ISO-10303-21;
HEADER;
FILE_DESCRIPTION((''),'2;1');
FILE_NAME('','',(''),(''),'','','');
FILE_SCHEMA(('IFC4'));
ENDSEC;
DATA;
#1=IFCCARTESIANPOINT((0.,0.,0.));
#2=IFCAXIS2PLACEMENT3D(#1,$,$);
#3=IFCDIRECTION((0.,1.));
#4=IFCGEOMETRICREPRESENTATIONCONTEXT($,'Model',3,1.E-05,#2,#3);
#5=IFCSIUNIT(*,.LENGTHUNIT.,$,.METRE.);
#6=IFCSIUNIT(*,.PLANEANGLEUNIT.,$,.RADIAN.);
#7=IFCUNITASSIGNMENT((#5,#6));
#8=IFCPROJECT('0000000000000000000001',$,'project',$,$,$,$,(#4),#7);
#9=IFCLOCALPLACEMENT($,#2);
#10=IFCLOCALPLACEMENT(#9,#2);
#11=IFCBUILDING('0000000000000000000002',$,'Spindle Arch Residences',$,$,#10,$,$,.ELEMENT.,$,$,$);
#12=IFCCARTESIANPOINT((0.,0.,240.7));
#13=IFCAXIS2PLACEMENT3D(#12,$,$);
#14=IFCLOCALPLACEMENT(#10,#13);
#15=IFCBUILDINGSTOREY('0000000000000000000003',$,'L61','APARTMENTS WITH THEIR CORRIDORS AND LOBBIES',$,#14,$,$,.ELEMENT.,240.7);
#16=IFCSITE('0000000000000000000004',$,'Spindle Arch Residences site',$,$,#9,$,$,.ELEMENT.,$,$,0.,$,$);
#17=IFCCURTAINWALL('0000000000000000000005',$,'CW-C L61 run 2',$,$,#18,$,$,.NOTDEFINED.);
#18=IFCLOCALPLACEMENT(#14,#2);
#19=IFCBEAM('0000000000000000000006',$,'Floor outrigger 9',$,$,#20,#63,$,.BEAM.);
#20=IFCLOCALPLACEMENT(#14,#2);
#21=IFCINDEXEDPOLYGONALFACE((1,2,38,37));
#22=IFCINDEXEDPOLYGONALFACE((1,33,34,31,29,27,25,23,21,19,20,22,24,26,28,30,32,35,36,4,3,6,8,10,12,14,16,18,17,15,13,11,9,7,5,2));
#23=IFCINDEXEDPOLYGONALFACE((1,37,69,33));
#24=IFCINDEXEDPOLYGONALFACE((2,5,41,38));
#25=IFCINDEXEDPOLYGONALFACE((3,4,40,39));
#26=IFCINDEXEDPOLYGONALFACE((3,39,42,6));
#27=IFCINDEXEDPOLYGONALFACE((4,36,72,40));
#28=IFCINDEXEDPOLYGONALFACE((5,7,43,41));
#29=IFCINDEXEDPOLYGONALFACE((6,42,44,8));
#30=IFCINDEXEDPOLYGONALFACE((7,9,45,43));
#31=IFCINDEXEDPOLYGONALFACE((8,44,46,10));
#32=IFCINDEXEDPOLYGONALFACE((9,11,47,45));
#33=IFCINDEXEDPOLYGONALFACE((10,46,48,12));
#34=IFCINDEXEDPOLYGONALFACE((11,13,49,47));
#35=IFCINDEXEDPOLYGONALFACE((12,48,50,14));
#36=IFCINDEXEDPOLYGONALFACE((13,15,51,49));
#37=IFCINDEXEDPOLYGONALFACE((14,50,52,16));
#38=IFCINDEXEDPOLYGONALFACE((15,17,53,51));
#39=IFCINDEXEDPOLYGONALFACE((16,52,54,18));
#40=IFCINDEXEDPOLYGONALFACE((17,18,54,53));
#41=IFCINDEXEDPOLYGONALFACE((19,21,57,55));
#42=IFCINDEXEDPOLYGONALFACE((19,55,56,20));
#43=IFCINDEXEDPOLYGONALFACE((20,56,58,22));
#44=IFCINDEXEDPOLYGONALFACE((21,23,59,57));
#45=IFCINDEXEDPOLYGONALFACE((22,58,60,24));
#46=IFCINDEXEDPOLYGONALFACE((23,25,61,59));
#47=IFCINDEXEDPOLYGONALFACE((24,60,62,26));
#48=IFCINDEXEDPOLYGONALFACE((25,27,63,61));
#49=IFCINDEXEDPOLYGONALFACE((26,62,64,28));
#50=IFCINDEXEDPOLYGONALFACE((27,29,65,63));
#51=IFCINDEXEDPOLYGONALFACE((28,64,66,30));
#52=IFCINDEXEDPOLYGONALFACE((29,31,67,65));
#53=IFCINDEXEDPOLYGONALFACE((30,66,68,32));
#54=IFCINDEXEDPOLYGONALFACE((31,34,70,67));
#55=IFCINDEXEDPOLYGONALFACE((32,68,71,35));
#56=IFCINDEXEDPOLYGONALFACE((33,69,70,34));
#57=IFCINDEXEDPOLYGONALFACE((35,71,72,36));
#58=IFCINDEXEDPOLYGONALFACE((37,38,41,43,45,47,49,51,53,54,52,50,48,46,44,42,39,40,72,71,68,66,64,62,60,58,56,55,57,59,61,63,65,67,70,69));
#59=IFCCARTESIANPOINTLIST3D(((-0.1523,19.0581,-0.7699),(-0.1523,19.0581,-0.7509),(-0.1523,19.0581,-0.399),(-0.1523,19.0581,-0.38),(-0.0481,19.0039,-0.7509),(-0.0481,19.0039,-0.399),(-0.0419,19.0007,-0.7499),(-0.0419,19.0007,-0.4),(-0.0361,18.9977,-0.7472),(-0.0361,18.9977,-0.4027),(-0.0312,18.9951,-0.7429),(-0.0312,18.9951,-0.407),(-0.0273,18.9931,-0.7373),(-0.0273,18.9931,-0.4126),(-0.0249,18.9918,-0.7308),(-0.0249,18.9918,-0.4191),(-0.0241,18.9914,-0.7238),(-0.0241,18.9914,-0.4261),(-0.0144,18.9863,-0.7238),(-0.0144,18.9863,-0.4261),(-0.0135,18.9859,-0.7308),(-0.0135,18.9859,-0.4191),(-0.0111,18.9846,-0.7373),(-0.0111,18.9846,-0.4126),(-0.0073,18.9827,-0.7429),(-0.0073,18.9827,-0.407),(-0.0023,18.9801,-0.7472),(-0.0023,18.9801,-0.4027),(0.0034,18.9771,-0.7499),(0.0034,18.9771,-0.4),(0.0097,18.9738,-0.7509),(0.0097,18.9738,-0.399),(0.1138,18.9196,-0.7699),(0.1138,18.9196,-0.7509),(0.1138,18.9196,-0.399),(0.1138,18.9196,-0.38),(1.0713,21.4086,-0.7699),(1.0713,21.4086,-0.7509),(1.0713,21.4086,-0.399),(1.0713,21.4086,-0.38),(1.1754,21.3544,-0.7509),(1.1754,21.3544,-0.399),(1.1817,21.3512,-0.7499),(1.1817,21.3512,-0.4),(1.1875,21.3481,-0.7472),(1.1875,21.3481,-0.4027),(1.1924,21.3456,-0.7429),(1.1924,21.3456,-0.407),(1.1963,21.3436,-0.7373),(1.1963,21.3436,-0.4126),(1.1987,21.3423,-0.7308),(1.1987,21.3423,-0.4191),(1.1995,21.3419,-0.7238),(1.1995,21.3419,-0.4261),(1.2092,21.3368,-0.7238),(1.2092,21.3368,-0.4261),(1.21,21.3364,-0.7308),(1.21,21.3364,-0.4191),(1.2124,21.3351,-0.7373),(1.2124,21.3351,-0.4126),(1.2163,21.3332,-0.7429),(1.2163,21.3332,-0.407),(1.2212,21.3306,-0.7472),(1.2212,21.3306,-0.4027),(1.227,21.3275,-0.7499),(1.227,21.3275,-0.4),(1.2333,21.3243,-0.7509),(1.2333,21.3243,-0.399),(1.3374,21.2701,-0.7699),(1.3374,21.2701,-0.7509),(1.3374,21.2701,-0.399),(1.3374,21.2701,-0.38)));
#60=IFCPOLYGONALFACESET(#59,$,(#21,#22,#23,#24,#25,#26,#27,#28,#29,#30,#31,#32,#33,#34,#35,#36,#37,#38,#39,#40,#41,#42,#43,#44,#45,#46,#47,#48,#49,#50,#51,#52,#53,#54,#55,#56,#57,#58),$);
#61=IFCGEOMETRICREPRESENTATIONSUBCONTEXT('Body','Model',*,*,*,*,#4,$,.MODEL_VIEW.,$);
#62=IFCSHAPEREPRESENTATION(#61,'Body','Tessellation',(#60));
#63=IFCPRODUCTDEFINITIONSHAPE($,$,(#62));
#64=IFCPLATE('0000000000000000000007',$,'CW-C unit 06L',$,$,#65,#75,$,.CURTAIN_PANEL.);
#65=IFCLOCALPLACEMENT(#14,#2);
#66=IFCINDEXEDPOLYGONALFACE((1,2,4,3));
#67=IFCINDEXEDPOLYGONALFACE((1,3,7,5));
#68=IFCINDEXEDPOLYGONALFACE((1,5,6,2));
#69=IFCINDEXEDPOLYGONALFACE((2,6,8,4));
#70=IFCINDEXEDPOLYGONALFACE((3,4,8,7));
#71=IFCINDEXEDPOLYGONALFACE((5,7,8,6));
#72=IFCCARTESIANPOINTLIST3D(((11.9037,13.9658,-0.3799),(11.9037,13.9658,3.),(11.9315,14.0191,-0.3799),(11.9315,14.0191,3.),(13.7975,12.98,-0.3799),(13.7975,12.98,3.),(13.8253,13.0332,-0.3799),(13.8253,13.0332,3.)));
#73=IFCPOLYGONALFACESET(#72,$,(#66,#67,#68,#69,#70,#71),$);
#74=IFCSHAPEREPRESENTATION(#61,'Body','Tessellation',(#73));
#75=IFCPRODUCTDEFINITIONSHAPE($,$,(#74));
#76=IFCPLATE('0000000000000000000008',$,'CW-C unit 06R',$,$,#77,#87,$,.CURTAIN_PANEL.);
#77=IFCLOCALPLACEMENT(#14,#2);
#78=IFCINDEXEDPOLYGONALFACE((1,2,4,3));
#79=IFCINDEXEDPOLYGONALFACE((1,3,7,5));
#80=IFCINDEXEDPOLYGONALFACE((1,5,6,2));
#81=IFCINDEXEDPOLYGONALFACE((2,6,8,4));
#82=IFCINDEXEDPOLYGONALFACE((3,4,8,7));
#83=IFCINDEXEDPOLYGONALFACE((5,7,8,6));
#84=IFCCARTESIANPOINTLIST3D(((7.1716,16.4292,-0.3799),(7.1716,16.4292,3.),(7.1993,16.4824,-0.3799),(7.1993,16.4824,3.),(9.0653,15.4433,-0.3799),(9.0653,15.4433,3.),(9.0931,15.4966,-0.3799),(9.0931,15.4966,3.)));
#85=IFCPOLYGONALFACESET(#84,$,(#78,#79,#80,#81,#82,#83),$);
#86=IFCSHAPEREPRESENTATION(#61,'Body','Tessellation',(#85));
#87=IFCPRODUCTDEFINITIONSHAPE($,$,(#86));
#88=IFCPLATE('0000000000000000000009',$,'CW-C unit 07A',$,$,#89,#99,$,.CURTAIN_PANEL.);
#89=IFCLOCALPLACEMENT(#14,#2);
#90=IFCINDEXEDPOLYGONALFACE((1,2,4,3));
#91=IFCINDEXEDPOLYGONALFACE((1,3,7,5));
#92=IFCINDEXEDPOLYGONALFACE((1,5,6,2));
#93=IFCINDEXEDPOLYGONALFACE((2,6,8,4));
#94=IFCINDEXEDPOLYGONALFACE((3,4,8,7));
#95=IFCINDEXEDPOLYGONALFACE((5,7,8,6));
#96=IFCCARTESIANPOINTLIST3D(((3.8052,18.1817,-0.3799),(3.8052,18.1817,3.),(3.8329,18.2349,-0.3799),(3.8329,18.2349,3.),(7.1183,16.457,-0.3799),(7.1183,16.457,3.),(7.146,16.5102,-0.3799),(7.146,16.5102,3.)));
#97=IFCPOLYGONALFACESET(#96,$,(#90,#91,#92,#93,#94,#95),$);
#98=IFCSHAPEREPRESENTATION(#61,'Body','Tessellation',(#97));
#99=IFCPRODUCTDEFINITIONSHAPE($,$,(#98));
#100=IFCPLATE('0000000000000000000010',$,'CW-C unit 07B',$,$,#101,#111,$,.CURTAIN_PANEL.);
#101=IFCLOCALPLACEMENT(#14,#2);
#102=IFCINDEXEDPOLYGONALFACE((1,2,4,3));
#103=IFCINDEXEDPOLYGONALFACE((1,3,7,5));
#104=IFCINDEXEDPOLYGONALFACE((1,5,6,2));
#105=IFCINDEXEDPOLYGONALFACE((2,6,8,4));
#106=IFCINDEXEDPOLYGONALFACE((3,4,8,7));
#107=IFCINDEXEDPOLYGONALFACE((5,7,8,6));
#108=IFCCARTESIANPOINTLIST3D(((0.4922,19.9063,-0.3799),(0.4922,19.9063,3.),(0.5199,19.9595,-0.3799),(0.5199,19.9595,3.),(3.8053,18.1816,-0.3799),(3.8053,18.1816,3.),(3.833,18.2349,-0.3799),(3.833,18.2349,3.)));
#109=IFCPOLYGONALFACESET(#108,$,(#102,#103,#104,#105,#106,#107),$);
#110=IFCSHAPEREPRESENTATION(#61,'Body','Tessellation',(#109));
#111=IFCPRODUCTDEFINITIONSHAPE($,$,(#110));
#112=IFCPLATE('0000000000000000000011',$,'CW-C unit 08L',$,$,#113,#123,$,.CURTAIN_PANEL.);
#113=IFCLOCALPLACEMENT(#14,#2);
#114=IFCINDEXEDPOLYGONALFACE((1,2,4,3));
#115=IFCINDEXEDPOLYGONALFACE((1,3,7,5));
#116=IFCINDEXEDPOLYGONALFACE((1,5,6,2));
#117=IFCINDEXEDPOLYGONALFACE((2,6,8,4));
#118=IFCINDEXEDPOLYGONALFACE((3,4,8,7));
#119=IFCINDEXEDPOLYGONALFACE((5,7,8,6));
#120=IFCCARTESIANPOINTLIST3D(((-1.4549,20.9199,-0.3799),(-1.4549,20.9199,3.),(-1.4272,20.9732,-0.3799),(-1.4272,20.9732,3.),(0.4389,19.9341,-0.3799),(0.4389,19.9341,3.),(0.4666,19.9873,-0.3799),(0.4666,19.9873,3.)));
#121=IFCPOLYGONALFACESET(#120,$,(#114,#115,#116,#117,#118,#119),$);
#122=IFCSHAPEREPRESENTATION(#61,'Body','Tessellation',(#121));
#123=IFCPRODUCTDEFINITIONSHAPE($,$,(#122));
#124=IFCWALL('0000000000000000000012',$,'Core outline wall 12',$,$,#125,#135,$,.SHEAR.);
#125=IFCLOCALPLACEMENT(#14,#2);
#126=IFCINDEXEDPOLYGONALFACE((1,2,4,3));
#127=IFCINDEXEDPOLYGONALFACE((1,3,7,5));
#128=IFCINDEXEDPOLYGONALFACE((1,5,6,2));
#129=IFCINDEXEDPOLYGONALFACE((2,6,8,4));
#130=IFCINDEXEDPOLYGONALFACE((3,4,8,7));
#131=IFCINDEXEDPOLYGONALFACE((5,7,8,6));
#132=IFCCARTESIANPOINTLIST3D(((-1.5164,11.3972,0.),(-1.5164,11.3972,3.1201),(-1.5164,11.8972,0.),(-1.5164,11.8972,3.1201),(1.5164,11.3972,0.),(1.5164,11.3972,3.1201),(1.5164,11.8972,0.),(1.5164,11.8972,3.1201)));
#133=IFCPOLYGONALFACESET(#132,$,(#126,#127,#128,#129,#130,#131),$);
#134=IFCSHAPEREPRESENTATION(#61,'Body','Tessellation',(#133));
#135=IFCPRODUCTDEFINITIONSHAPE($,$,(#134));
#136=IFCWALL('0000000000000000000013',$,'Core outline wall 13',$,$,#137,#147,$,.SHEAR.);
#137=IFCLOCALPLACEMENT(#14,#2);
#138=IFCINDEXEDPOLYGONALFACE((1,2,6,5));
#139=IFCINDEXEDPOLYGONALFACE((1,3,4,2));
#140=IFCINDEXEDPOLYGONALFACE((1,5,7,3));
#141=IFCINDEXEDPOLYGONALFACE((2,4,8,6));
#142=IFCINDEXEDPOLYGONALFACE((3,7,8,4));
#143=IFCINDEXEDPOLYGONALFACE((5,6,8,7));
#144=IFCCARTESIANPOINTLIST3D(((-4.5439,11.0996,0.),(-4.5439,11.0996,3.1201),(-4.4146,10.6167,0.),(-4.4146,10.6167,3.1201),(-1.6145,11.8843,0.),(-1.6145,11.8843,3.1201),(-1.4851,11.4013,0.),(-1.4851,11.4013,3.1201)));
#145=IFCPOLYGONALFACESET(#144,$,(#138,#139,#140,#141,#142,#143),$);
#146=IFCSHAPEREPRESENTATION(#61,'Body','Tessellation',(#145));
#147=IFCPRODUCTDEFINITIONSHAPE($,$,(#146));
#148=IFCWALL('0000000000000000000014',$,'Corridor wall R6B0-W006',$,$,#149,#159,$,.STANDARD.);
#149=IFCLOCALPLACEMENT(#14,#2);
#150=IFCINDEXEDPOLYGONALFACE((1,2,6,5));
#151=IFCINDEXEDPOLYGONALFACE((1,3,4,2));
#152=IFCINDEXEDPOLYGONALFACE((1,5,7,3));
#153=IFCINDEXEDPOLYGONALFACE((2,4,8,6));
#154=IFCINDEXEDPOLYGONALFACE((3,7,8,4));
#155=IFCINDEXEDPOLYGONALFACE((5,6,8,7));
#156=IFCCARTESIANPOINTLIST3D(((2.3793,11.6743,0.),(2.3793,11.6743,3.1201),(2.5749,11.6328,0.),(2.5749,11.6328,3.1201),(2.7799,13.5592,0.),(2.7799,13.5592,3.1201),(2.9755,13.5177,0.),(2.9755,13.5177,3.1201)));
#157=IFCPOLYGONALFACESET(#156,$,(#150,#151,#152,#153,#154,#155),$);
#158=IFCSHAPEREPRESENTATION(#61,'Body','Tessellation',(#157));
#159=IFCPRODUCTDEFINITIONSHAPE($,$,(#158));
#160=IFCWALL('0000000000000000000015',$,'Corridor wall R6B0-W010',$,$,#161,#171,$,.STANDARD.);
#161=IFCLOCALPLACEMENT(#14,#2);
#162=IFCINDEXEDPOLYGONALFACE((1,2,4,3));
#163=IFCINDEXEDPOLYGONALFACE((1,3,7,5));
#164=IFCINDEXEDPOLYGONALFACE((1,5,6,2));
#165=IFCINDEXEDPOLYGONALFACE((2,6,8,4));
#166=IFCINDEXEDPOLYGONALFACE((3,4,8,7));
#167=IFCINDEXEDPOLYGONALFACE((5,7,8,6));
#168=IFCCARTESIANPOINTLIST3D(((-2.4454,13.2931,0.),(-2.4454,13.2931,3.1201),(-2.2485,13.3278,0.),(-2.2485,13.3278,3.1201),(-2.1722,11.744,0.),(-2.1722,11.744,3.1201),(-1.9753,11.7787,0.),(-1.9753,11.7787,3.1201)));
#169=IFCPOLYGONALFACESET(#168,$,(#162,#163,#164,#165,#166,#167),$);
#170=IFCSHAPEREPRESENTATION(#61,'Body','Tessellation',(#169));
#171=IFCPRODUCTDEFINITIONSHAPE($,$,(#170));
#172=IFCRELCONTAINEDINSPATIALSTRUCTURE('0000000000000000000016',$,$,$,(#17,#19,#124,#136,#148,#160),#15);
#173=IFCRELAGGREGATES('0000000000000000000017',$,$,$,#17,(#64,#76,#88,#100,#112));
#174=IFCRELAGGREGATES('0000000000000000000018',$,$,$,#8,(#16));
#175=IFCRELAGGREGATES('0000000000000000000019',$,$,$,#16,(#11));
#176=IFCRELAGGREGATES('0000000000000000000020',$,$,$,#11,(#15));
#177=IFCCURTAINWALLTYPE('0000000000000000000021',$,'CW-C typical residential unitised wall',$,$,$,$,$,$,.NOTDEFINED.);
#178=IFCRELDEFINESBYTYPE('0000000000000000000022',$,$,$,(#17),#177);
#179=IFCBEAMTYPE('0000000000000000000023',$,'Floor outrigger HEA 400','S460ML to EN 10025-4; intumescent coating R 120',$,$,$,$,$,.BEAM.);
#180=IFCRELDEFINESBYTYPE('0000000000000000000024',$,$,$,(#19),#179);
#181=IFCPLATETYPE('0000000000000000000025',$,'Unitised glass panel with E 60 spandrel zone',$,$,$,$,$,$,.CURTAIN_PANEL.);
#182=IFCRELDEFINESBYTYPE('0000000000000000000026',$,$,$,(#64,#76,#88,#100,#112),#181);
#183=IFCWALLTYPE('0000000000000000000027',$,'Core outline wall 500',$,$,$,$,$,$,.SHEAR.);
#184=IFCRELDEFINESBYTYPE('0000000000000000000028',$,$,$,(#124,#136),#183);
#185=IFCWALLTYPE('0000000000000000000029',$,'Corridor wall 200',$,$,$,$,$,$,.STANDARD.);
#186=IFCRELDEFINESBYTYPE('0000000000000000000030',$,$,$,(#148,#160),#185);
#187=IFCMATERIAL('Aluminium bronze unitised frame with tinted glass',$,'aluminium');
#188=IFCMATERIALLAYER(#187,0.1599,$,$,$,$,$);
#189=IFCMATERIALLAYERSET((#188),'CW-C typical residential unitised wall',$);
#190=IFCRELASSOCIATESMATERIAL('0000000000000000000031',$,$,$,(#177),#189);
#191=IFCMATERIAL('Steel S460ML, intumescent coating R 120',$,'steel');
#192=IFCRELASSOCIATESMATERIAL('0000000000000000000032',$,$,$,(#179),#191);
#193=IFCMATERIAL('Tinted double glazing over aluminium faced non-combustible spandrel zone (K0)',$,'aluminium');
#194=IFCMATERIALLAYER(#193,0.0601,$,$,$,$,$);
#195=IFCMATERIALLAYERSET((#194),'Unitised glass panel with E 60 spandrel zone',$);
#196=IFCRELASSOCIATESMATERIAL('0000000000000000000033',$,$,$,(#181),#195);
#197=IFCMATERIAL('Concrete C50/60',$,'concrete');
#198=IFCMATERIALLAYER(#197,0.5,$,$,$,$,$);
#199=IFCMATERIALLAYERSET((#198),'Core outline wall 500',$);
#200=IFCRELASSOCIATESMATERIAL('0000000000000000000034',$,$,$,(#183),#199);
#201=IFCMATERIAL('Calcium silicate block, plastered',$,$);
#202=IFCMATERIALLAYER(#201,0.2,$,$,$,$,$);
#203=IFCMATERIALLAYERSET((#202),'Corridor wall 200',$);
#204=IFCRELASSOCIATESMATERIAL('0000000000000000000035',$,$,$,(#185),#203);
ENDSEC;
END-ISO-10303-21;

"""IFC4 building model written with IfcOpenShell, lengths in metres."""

from ifc_helpers import new_model, si_unit, direction, frame, frame_2d, origin, origin_2d, place, context, subcontext, project, spatial, rectangle, i_section, extrude, material, layer, layer_set, material_profile, profile_set, type_object, element, aggregate, save


model = new_model("IFC4")

# Units and contexts
model_context = context("Model", 3, precision=1e-05, world=origin(), true_north=direction((0.0, 1.0)))
body_context = subcontext(model_context, "Body", "Model", "MODEL_VIEW")
ifc_project = project(units=[si_unit("LENGTHUNIT", "METRE"), si_unit("PLANEANGLEUNIT", "RADIAN")], contexts=[model_context])

# Site, building, storey
site_placement = place(None, origin())
site = spatial("IfcSite", under=ifc_project, at=site_placement, Name="Spindle Arch Residences site", CompositionType="ELEMENT", RefElevation=0.0)
building_placement = place(site_placement, origin())
building = spatial("IfcBuilding", under=site, at=building_placement, Name="Spindle Arch Residences", CompositionType="ELEMENT")
storey_placement = place(building_placement, frame((0.0, 0.0, 240.7)))
storey = spatial("IfcBuildingStorey", under=building, at=storey_placement, Name="L61", Description="APARTMENTS WITH THEIR CORRIDORS AND LOBBIES", CompositionType="ELEMENT", Elevation=240.7)

# Curtain wall
ifc_material_1 = material(Name="Aluminium bronze unitised frame with tinted glass", Category="aluminium")
ifc_layer_1 = layer(ifc_material_1, 0.1599)
ifc_layer_set_1 = layer_set([ifc_layer_1], Name="CW-C typical residential unitised wall")
curtain_wall_type = type_object("IfcCurtainWallType", Name="CW-C typical residential unitised wall", PredefinedType="NOTDEFINED", material=ifc_layer_set_1)
curtain_wall_placement = place(storey_placement, origin())
curtain_wall = element("IfcCurtainWall", 1, at=curtain_wall_placement, inside=storey, type_object=curtain_wall_type, Name="CW-C L61 run 2", PredefinedType="NOTDEFINED")

# Beam
ifc_material_2 = material(Name="Steel S460ML, intumescent coating R 120", Category="steel")
ifc_material_profile_1 = material_profile(ifc_material_2, i_section(OverallWidth=0.3, OverallDepth=0.3899, WebThickness=0.011, FlangeThickness=0.019, FilletRadius=0.0271, at=origin_2d()), Name="HEA 400")
ifc_profile_set_1 = profile_set([ifc_material_profile_1], Name="Steel S460ML, intumescent coating R 120")
beam_type_1 = type_object("IfcBeamType", Name="Floor outrigger HEA 400", Description="S460ML to EN 10025-4; intumescent coating R 120", PredefinedType="BEAM", material=ifc_profile_set_1)
for number, where, z_axis, x_axis, name in (
    (2, (1.2043, 21.3394, -0.575), (-0.461747, -0.887012, 0.0), (0.887012, -0.461747, 0.0), "Floor outrigger 9"),
):
    element("IfcBeam", number, at=place(storey_placement, frame(where, z_axis=z_axis, x_axis=x_axis)), inside=storey, type_object=beam_type_1, Name=name, PredefinedType="BEAM", context=body_context, shape_type="SweptSolid", body=[
        extrude(i_section(OverallWidth=0.3, OverallDepth=0.3899, WebThickness=0.011, FlangeThickness=0.019, FilletRadius=0.0271, at=origin_2d()), origin(), (0.0, 0.0, 1.0), 2.6499),
    ])

# Plates
ifc_material_3 = material(Name="Tinted double glazing over aluminium faced non-combustible spandrel zone (K0)", Category="aluminium")
ifc_layer_2 = layer(ifc_material_3, 0.0601)
ifc_layer_set_2 = layer_set([ifc_layer_2], Name="Unitised glass panel with E 60 spandrel zone")
plate_type = type_object("IfcPlateType", Name="Unitised glass panel with E 60 spandrel zone", PredefinedType="CURTAIN_PANEL", material=ifc_layer_set_2)
plate_1_placement = place(storey_placement, frame((12.8645, 13.4995, -0.3799), z_axis=(0.0, 0.0, 1.0), x_axis=(-0.887011, 0.461749, 0.0)))
plate_1 = element("IfcPlate", 3, at=plate_1_placement, type_object=plate_type, Name="CW-C unit 06L", PredefinedType="CURTAIN_PANEL", context=body_context, shape_type="SweptSolid", body=[
    extrude(rectangle(XDim=2.135, YDim=0.0601, at=origin_2d()), origin(), (0.0, 0.0, 1.0), 3.3799),
])
plate_2_placement = place(storey_placement, frame((8.1323, 15.9629, -0.3799), z_axis=(0.0, 0.0, 1.0), x_axis=(-0.887011, 0.461749, 0.0)))
plate_2 = element("IfcPlate", 4, at=plate_2_placement, type_object=plate_type, Name="CW-C unit 06R", PredefinedType="CURTAIN_PANEL", context=body_context, shape_type="SweptSolid", body=[
    extrude(rectangle(XDim=2.135, YDim=0.0601, at=origin_2d()), origin(), (0.0, 0.0, 1.0), 3.3799),
])
plate_3_placement = place(storey_placement, frame((5.4756, 17.3459, -0.3799), z_axis=(0.0, 0.0, 1.0), x_axis=(-0.887011, 0.461749, 0.0)))
plate_3 = element("IfcPlate", 5, at=plate_3_placement, type_object=plate_type, Name="CW-C unit 07A", PredefinedType="CURTAIN_PANEL", context=body_context, shape_type="SweptSolid", body=[
    extrude(rectangle(XDim=3.7351, YDim=0.0601, at=origin_2d()), origin(), (0.0, 0.0, 1.0), 3.3799),
])
plate_4_placement = place(storey_placement, frame((2.1626, 19.0706, -0.3799), z_axis=(0.0, 0.0, 1.0), x_axis=(-0.887011, 0.461749, 0.0)))
plate_4 = element("IfcPlate", 6, at=plate_4_placement, type_object=plate_type, Name="CW-C unit 07B", PredefinedType="CURTAIN_PANEL", context=body_context, shape_type="SweptSolid", body=[
    extrude(rectangle(XDim=3.7351, YDim=0.0601, at=origin_2d()), origin(), (0.0, 0.0, 1.0), 3.3799),
])
plate_5_placement = place(storey_placement, frame((-0.4941, 20.4536, -0.3799), z_axis=(0.0, 0.0, 1.0), x_axis=(-0.887011, 0.461749, 0.0)))
plate_5 = element("IfcPlate", 7, at=plate_5_placement, type_object=plate_type, Name="CW-C unit 08L", PredefinedType="CURTAIN_PANEL", context=body_context, shape_type="SweptSolid", body=[
    extrude(rectangle(XDim=2.135, YDim=0.0601, at=origin_2d()), origin(), (0.0, 0.0, 1.0), 3.3799),
])
aggregate(curtain_wall, [plate_1, plate_2, plate_3, plate_4, plate_5])

# Walls
ifc_material_4 = material(Name="Concrete C50/60", Category="concrete")
ifc_layer_3 = layer(ifc_material_4, 0.5)
ifc_layer_set_3 = layer_set([ifc_layer_3], Name="Core outline wall 500")
wall_type_1 = type_object("IfcWallType", Name="Core outline wall 500", PredefinedType="SHEAR", material=ifc_layer_set_3)
for number, where, z_axis, x_axis, name in (
    (8, (1.5164, 11.6472, 0.0), (0.0, 0.0, 1.0), (-1.0, 0.0, 0.0), "Core outline wall 12"),
    (9, (-1.5498, 11.6428, 0.0), (0.0, 0.0, 1.0), (-0.965948, -0.258735, 0.0), "Core outline wall 13"),
):
    element("IfcWall", number, at=place(storey_placement, frame(where, z_axis=z_axis, x_axis=x_axis)), inside=storey, type_object=wall_type_1, Name=name, PredefinedType="SHEAR", context=body_context, shape_type="SweptSolid", body=[
        extrude(rectangle(XDim=3.0327, YDim=0.5, at=frame_2d((1.5164, 0.0))), origin(), (0.0, 0.0, 1.0), 3.1201),
    ])
ifc_material_5 = material(Name="Calcium silicate block, plastered")
ifc_layer_4 = layer(ifc_material_5, 0.2)
ifc_layer_set_4 = layer_set([ifc_layer_4], Name="Corridor wall 200")
wall_type_2 = type_object("IfcWallType", Name="Corridor wall 200", PredefinedType="STANDARD", material=ifc_layer_set_4)
wall_1_placement = place(storey_placement, frame((2.8777, 13.5383, 0.0), z_axis=(0.0, 0.0, 1.0), x_axis=(-0.207894, -0.978151, 0.0)))
element("IfcWall", 10, at=wall_1_placement, inside=storey, type_object=wall_type_2, Name="Corridor wall R6B0-W006", PredefinedType="STANDARD", context=body_context, shape_type="SweptSolid", body=[
    extrude(rectangle(XDim=1.927, YDim=0.2, at=frame_2d((0.9634, 0.0))), origin(), (0.0, 0.0, 1.0), 3.1201),
])
wall_2_placement = place(storey_placement, frame((-2.0737, 11.7612, 0.0), z_axis=(0.0, 0.0, 1.0), x_axis=(-0.173679, 0.984802, 0.0)))
element("IfcWall", 11, at=wall_2_placement, inside=storey, type_object=wall_type_2, Name="Corridor wall R6B0-W010", PredefinedType="STANDARD", context=body_context, shape_type="SweptSolid", body=[
    extrude(rectangle(XDim=1.573, YDim=0.2, at=frame_2d((0.7866, 0.0))), origin(), (0.0, 0.0, 1.0), 3.1201),
])

save(model, "model.ifc")
